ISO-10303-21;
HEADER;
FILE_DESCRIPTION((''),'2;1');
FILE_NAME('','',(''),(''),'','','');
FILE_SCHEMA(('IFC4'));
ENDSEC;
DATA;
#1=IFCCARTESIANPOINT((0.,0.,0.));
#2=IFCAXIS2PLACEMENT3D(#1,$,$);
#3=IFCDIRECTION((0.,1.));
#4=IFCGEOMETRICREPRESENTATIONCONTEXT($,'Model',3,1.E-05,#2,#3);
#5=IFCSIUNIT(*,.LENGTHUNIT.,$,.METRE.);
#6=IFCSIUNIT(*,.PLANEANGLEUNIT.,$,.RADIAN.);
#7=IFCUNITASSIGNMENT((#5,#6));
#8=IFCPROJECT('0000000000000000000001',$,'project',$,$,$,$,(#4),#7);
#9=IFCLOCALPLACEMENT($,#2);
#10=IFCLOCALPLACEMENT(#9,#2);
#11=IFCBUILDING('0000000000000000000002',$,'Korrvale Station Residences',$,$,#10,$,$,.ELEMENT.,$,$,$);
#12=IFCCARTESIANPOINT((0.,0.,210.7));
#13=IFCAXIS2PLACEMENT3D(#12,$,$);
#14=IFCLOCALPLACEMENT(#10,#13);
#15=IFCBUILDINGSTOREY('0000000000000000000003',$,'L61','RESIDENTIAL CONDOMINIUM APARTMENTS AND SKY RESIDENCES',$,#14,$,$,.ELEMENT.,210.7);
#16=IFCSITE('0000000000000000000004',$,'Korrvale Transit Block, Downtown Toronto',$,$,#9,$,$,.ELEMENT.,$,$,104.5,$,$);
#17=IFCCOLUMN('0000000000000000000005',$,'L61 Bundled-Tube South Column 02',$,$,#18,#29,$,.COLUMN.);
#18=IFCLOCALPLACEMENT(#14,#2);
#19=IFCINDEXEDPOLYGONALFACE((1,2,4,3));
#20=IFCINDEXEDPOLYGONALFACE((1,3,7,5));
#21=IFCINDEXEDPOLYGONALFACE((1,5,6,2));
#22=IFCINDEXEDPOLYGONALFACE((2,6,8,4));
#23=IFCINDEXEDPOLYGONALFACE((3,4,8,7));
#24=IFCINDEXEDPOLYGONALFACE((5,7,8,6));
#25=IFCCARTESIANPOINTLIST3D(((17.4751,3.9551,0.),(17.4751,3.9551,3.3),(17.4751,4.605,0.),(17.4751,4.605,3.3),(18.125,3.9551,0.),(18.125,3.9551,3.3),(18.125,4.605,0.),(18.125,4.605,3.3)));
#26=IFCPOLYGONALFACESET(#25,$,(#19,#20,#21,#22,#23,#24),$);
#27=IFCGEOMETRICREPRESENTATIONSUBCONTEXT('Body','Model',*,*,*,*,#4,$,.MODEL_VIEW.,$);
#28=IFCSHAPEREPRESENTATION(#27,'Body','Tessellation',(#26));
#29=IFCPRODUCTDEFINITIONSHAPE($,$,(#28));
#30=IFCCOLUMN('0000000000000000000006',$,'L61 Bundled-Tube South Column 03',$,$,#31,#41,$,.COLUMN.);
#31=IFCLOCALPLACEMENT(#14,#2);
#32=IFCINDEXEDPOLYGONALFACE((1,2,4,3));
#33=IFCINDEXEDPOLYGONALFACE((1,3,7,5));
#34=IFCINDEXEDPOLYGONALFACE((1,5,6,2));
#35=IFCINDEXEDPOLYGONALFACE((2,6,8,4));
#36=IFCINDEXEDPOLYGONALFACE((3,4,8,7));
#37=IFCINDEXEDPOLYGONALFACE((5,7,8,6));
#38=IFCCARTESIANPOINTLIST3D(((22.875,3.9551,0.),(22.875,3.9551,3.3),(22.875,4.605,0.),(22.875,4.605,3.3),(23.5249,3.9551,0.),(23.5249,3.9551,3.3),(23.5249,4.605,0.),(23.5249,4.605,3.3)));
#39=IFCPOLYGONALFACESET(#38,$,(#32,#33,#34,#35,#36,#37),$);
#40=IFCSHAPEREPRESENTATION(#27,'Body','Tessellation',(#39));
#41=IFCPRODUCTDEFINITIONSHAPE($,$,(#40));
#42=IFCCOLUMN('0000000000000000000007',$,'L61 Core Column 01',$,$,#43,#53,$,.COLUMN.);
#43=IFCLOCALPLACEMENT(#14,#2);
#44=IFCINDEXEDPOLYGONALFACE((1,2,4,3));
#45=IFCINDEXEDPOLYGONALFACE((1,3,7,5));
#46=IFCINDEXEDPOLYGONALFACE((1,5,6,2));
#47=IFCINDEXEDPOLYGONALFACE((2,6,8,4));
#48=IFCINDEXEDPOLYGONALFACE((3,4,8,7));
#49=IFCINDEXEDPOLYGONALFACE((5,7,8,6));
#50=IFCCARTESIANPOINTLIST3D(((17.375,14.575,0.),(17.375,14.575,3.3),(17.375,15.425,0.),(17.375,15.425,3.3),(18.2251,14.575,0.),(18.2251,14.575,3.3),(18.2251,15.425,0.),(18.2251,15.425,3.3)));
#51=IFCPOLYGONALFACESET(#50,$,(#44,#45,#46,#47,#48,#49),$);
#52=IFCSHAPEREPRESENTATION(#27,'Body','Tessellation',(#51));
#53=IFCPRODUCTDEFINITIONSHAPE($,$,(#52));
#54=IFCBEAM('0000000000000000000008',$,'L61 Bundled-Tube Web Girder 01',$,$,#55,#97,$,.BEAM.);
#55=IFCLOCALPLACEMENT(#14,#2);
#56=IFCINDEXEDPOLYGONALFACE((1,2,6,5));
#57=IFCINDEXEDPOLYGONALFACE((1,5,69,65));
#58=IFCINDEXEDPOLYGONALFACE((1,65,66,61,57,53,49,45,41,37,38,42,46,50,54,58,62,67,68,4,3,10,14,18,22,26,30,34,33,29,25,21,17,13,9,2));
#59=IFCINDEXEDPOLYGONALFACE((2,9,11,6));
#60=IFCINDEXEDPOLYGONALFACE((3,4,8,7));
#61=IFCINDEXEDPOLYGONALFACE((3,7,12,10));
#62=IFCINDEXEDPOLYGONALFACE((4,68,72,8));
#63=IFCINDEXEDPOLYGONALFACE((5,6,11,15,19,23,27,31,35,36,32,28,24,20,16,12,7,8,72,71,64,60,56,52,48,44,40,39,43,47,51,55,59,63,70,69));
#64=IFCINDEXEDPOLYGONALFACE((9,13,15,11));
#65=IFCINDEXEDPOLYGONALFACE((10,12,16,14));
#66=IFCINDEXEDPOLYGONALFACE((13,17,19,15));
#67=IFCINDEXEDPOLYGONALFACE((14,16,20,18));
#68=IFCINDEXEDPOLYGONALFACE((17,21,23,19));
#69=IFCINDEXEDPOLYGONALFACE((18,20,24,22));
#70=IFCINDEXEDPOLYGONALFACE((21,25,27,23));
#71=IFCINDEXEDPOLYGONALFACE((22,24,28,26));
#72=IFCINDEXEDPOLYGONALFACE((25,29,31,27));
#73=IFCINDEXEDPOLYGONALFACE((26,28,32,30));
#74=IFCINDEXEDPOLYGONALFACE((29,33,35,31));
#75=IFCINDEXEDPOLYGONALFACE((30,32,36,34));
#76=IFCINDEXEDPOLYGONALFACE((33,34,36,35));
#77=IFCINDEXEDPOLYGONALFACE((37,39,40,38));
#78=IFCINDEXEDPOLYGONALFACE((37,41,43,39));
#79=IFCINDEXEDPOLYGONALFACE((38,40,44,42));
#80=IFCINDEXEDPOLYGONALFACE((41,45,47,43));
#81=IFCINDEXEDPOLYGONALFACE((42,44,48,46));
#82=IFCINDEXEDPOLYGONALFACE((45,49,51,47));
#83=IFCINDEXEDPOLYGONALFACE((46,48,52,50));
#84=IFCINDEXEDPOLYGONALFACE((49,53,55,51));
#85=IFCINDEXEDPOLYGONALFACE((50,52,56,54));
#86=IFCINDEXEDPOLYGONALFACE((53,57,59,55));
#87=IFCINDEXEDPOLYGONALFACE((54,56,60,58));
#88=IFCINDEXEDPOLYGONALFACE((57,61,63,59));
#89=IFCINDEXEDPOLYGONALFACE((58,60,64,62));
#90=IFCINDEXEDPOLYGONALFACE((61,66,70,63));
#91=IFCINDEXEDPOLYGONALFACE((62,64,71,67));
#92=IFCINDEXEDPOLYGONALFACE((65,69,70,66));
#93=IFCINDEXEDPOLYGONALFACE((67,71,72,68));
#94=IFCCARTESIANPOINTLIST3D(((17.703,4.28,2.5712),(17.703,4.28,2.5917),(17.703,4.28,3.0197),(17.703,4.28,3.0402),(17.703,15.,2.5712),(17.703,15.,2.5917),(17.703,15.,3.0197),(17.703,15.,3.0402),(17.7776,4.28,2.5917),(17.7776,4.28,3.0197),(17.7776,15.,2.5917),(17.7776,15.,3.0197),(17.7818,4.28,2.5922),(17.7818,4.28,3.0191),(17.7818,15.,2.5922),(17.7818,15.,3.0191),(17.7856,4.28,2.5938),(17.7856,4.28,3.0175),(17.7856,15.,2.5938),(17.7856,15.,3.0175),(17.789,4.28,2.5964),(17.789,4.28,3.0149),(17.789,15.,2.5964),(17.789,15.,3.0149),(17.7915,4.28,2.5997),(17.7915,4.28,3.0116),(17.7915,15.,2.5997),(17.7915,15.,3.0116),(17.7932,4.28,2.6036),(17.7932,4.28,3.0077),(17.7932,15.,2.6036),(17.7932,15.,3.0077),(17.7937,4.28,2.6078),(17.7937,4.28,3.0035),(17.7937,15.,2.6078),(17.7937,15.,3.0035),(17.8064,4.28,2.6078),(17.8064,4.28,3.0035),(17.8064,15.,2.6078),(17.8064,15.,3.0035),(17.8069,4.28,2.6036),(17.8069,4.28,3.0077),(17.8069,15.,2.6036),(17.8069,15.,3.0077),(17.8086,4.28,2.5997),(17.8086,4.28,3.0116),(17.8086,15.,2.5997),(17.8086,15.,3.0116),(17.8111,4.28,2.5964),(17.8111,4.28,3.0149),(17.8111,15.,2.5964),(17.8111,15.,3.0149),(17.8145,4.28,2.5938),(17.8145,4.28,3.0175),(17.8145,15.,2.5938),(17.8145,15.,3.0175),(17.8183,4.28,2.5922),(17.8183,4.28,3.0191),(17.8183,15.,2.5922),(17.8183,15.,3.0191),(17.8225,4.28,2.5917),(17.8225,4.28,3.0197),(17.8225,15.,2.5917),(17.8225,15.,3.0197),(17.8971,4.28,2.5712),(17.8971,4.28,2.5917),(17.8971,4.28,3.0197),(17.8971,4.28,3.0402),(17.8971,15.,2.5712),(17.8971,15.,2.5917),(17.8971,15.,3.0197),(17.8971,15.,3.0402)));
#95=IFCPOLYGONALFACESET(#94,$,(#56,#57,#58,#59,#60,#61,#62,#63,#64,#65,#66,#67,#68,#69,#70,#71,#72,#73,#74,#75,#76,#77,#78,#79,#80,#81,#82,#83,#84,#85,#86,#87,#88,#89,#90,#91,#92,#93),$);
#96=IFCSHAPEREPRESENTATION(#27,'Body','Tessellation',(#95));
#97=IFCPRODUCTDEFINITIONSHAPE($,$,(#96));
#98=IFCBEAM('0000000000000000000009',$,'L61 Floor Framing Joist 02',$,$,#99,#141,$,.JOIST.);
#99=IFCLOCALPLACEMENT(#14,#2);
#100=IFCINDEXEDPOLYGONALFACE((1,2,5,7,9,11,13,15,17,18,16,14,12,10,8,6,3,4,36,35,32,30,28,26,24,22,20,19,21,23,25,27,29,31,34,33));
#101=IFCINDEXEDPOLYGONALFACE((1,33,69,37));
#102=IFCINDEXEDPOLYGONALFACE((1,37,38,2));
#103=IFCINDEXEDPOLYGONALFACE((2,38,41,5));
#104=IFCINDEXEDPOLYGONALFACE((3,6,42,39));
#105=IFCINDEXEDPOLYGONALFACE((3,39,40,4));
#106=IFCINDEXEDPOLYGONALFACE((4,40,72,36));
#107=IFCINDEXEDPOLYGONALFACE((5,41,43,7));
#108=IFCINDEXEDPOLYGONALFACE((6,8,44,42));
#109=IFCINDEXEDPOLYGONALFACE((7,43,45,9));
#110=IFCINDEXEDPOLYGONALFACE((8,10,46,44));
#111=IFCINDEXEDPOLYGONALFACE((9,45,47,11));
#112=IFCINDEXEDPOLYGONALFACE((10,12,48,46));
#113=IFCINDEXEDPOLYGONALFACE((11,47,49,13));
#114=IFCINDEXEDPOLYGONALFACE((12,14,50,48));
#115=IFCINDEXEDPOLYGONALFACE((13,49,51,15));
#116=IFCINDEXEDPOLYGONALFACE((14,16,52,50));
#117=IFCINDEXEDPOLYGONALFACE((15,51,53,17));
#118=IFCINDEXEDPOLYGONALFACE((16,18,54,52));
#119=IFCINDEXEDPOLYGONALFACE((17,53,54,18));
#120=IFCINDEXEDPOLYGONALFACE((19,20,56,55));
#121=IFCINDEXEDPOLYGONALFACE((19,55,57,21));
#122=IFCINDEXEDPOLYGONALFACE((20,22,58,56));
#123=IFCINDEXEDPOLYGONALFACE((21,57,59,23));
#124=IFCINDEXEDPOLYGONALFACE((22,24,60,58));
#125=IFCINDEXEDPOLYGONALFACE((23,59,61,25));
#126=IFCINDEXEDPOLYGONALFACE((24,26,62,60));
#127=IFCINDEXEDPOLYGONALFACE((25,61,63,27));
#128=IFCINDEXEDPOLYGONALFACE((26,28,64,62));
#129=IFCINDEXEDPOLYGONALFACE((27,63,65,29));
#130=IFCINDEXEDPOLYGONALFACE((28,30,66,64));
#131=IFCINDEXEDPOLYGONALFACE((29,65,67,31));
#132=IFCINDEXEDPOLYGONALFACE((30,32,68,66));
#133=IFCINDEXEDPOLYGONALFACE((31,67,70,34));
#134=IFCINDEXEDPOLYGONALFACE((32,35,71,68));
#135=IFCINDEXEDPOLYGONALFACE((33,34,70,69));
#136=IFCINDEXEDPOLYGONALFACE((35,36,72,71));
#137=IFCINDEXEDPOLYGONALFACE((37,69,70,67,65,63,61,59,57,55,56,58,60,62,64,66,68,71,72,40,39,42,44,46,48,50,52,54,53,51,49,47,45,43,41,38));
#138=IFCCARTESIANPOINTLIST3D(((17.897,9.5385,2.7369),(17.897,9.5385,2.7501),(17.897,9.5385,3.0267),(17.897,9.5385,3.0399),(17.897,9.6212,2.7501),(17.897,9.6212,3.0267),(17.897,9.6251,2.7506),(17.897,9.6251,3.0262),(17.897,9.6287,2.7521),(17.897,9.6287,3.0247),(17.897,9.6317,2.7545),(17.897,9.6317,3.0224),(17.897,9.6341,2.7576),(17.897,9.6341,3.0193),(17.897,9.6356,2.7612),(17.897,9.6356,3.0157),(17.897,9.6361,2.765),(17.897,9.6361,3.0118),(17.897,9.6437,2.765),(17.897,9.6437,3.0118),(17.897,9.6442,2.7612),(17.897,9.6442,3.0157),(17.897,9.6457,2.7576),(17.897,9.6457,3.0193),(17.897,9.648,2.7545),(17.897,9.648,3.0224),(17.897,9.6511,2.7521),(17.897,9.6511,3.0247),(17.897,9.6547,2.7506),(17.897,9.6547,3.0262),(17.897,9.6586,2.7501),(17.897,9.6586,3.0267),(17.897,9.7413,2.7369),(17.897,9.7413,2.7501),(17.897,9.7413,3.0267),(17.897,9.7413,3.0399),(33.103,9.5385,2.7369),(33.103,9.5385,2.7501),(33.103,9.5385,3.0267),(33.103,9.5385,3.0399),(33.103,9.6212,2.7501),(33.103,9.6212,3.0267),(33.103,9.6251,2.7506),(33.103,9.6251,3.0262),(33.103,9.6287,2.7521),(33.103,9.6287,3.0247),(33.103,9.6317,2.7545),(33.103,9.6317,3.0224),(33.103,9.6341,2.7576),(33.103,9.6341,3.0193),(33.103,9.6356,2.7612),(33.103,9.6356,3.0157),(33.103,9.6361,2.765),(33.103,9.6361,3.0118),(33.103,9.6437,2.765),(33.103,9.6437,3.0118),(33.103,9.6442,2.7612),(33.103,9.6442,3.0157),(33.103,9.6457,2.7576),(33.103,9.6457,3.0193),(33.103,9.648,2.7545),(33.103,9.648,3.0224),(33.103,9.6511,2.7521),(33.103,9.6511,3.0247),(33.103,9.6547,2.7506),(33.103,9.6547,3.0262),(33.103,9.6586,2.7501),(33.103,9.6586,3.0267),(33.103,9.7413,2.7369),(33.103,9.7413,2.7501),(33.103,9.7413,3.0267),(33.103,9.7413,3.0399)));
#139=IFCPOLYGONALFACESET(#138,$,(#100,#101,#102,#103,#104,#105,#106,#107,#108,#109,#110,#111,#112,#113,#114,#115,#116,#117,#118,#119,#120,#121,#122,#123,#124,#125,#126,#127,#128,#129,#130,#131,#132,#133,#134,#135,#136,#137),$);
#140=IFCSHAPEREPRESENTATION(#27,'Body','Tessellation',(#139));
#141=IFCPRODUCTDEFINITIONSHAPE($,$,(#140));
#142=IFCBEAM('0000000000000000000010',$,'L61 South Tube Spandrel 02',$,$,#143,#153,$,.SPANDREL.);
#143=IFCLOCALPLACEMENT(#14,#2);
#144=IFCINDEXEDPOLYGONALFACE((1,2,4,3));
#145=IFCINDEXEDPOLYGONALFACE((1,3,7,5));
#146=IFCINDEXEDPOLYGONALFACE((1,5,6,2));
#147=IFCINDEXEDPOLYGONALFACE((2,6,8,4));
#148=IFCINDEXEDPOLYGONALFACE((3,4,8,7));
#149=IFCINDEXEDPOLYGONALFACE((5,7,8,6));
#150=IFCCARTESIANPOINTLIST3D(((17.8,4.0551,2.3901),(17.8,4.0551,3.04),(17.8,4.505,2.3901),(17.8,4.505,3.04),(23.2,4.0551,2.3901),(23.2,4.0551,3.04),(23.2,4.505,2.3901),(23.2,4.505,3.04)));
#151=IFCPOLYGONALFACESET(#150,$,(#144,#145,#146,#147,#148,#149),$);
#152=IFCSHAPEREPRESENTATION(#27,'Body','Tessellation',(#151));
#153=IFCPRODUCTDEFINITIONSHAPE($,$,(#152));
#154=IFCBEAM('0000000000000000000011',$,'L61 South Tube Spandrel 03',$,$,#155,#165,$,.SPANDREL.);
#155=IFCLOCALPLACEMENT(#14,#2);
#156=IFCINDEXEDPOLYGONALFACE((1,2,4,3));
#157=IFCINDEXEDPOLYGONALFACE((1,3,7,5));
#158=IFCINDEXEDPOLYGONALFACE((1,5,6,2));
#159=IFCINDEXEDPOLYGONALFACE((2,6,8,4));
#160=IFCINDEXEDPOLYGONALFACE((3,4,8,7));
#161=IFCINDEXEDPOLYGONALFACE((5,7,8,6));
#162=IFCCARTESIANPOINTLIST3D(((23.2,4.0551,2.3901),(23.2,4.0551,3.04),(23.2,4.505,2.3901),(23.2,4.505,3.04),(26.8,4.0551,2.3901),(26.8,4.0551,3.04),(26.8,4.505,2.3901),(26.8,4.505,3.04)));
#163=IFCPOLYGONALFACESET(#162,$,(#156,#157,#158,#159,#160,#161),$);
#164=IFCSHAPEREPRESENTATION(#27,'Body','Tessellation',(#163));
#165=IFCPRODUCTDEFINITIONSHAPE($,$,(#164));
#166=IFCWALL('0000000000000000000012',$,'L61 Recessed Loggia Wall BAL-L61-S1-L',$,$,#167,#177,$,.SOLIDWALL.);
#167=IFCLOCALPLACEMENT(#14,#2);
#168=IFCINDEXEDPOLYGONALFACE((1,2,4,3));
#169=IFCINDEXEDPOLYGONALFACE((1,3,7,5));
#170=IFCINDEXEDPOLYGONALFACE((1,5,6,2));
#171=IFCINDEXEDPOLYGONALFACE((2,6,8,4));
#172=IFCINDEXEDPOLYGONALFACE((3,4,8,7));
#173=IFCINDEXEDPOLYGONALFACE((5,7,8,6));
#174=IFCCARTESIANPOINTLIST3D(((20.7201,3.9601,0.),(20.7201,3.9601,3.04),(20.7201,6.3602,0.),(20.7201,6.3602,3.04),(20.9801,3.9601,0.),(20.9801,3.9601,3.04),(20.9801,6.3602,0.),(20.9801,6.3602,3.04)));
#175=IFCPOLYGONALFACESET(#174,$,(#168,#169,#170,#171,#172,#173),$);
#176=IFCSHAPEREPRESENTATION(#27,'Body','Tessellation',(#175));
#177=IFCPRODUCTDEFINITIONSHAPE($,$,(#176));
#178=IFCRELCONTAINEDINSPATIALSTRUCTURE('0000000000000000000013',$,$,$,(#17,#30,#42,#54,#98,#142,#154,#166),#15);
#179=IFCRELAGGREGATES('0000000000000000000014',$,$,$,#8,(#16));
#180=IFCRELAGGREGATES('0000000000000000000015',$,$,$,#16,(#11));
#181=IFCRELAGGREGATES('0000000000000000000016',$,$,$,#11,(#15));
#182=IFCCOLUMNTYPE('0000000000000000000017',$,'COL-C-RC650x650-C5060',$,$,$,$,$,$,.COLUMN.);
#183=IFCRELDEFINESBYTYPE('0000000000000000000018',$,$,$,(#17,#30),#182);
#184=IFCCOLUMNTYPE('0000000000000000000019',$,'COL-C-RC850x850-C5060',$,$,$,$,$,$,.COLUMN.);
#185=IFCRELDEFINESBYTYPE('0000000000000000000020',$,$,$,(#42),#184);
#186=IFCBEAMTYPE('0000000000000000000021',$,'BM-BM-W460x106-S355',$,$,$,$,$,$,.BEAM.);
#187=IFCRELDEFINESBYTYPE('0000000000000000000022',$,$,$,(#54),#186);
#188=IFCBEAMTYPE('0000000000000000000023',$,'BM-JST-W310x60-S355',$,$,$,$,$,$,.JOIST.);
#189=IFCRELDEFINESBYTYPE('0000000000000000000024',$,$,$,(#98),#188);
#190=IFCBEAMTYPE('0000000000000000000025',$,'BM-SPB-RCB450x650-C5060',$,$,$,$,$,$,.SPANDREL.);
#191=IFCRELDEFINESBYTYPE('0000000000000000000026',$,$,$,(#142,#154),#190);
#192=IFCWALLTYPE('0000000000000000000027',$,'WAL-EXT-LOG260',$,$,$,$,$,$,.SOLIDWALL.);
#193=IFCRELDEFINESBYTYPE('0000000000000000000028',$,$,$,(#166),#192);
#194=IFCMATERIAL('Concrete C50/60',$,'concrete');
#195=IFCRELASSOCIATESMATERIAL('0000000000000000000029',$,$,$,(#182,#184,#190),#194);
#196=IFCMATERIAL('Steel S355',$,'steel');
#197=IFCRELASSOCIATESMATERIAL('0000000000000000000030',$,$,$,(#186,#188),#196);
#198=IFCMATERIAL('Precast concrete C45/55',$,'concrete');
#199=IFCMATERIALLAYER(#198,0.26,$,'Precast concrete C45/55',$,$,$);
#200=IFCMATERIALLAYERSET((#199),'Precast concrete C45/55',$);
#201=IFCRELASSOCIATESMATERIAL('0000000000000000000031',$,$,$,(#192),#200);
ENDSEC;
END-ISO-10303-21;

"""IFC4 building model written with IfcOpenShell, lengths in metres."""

from ifc_helpers import new_model, si_unit, direction, frame, frame_2d, origin, origin_2d, place, context, subcontext, project, spatial, rectangle, i_section, extrude, material, layer, layer_set, material_profile, profile_set, type_object, element, save


model = new_model("IFC4")

# Units and contexts
model_context = context("Model", 3, precision=1e-05, world=origin(), true_north=direction((0.0, 1.0)))
body_context = subcontext(model_context, "Body", "Model", "MODEL_VIEW")
ifc_project = project(units=[si_unit("LENGTHUNIT", "METRE"), si_unit("PLANEANGLEUNIT", "RADIAN")], contexts=[model_context])

# Site, building, storey
site_placement = place(None, origin())
site = spatial("IfcSite", under=ifc_project, at=site_placement, Name="Korrvale Transit Block, Downtown Toronto", CompositionType="ELEMENT", RefElevation=104.5)
building_placement = place(site_placement, origin())
building = spatial("IfcBuilding", under=site, at=building_placement, Name="Korrvale Station Residences", CompositionType="ELEMENT")
storey_placement = place(building_placement, frame((0.0, 0.0, 210.7)))
storey = spatial("IfcBuildingStorey", under=building, at=storey_placement, Name="L61", Description="RESIDENTIAL CONDOMINIUM APARTMENTS AND SKY RESIDENCES", CompositionType="ELEMENT", Elevation=210.7)

# Columns
ifc_material_1 = material(Name="Concrete C50/60", Category="concrete")
ifc_material_profile_1 = material_profile(ifc_material_1, rectangle(XDim=0.6499, YDim=0.6499, at=origin_2d()), Name="RC650x650")
ifc_profile_set_1 = profile_set([ifc_material_profile_1], Name="Concrete C50/60")
column_type_1 = type_object("IfcColumnType", Name="COL-C-RC650x650-C5060", PredefinedType="COLUMN", material=ifc_profile_set_1)
for number, where, z_axis, x_axis, name in (
    (1, (17.8, 4.28, 0.0), (0.0, 0.0, 1.0), (1.0, 0.0, 0.0), "L61 Bundled-Tube South Column 02"),
    (2, (23.2, 4.28, 0.0), (0.0, 0.0, 1.0), (1.0, 0.0, 0.0), "L61 Bundled-Tube South Column 03"),
):
    element("IfcColumn", number, at=place(storey_placement, frame(where, z_axis=z_axis, x_axis=x_axis)), inside=storey, type_object=column_type_1, Name=name, PredefinedType="COLUMN", context=body_context, shape_type="SweptSolid", body=[
        extrude(rectangle(XDim=0.6499, YDim=0.6499, at=origin_2d()), origin(), (0.0, 0.0, 1.0), 3.3),
    ])
ifc_material_profile_2 = material_profile(ifc_material_1, rectangle(XDim=0.8501, YDim=0.8501, at=origin_2d()), Name="RC850x850")
ifc_profile_set_2 = profile_set([ifc_material_profile_2], Name="Concrete C50/60")
column_type_2 = type_object("IfcColumnType", Name="COL-C-RC850x850-C5060", PredefinedType="COLUMN", material=ifc_profile_set_2)
column_placement = place(storey_placement, frame((17.8, 15.0, 0.0), z_axis=(0.0, 0.0, 1.0), x_axis=(1.0, 0.0, 0.0)))
element("IfcColumn", 3, at=column_placement, inside=storey, type_object=column_type_2, Name="L61 Core Column 01", PredefinedType="COLUMN", context=body_context, shape_type="SweptSolid", body=[
    extrude(rectangle(XDim=0.8501, YDim=0.8501, at=origin_2d()), origin(), (0.0, 0.0, 1.0), 3.3),
])

# Beams
ifc_material_2 = material(Name="Steel S355", Category="steel")
ifc_material_profile_3 = material_profile(ifc_material_2, i_section(OverallWidth=0.1941, OverallDepth=0.469, WebThickness=0.0127, FlangeThickness=0.0205, FilletRadius=0.0161, at=origin_2d()), Name="W460x106")
ifc_profile_set_3 = profile_set([ifc_material_profile_3], Name="Steel S355")
beam_type_1 = type_object("IfcBeamType", Name="BM-BM-W460x106-S355", PredefinedType="BEAM", material=ifc_profile_set_3)
beam_1_placement = place(storey_placement, frame((17.8, 4.28, 2.8057), z_axis=(0.0, 1.0, 0.0), x_axis=(-1.0, 0.0, 0.0)))
element("IfcBeam", 4, at=beam_1_placement, inside=storey, type_object=beam_type_1, Name="L61 Bundled-Tube Web Girder 01", PredefinedType="BEAM", context=body_context, shape_type="SweptSolid", body=[
    extrude(i_section(OverallWidth=0.1941, OverallDepth=0.469, WebThickness=0.0127, FlangeThickness=0.0205, FilletRadius=0.0161, at=origin_2d()), origin(), (0.0, 0.0, 1.0), 10.72),
])
ifc_material_profile_4 = material_profile(ifc_material_2, i_section(OverallWidth=0.2029, OverallDepth=0.303, WebThickness=0.0076, FlangeThickness=0.0132, FilletRadius=0.0149, at=origin_2d()), Name="W310x60")
ifc_profile_set_4 = profile_set([ifc_material_profile_4], Name="Steel S355")
beam_type_2 = type_object("IfcBeamType", Name="BM-JST-W310x60-S355", PredefinedType="JOIST", material=ifc_profile_set_4)
beam_2_placement = place(storey_placement, frame((17.897, 9.6399, 2.8884), z_axis=(1.0, 0.0, 0.0), x_axis=(0.0, 1.0, 0.0)))
element("IfcBeam", 5, at=beam_2_placement, inside=storey, type_object=beam_type_2, Name="L61 Floor Framing Joist 02", PredefinedType="JOIST", context=body_context, shape_type="SweptSolid", body=[
    extrude(i_section(OverallWidth=0.2029, OverallDepth=0.303, WebThickness=0.0076, FlangeThickness=0.0132, FilletRadius=0.0149, at=origin_2d()), origin(), (0.0, 0.0, 1.0), 15.2061),
])
ifc_material_profile_5 = material_profile(ifc_material_1, rectangle(XDim=0.45, YDim=0.6499, at=origin_2d()), Name="RCB450x650")
ifc_profile_set_5 = profile_set([ifc_material_profile_5], Name="Concrete C50/60")
beam_type_3 = type_object("IfcBeamType", Name="BM-SPB-RCB450x650-C5060", PredefinedType="SPANDREL", material=ifc_profile_set_5)
beam_3_placement = place(storey_placement, frame((17.8, 4.28, 2.7151), z_axis=(1.0, 0.0, 0.0), x_axis=(0.0, 1.0, 0.0)))
element("IfcBeam", 6, at=beam_3_placement, inside=storey, type_object=beam_type_3, Name="L61 South Tube Spandrel 02", PredefinedType="SPANDREL", context=body_context, shape_type="SweptSolid", body=[
    extrude(rectangle(XDim=0.45, YDim=0.6499, at=origin_2d()), origin(), (0.0, 0.0, 1.0), 5.3999),
])
beam_4_placement = place(storey_placement, frame((23.2, 4.28, 2.7151), z_axis=(1.0, 0.0, 0.0), x_axis=(0.0, 1.0, 0.0)))
element("IfcBeam", 7, at=beam_4_placement, inside=storey, type_object=beam_type_3, Name="L61 South Tube Spandrel 03", PredefinedType="SPANDREL", context=body_context, shape_type="SweptSolid", body=[
    extrude(rectangle(XDim=0.45, YDim=0.6499, at=origin_2d()), origin(), (0.0, 0.0, 1.0), 3.6001),
])

# Wall
ifc_material_3 = material(Name="Precast concrete C45/55", Category="concrete")
ifc_layer_1 = layer(ifc_material_3, 0.26, Name="Precast concrete C45/55")
ifc_layer_set_1 = layer_set([ifc_layer_1], Name="Precast concrete C45/55")
wall_type_1 = type_object("IfcWallType", Name="WAL-EXT-LOG260", PredefinedType="SOLIDWALL", material=ifc_layer_set_1)
wall_1_placement = place(storey_placement, frame((20.8501, 3.96, 0.0), z_axis=(0.0, 0.0, 1.0), x_axis=(0.0, 1.0, 0.0)))
element("IfcWall", 8, at=wall_1_placement, inside=storey, type_object=wall_type_1, Name="L61 Recessed Loggia Wall BAL-L61-S1-L", PredefinedType="SOLIDWALL", context=body_context, shape_type="SweptSolid", body=[
    extrude(rectangle(XDim=2.4001, YDim=0.26, at=frame_2d((1.2002, 0.0))), origin(), (0.0, 0.0, 1.0), 3.04),
])

save(model, "model.ifc")
